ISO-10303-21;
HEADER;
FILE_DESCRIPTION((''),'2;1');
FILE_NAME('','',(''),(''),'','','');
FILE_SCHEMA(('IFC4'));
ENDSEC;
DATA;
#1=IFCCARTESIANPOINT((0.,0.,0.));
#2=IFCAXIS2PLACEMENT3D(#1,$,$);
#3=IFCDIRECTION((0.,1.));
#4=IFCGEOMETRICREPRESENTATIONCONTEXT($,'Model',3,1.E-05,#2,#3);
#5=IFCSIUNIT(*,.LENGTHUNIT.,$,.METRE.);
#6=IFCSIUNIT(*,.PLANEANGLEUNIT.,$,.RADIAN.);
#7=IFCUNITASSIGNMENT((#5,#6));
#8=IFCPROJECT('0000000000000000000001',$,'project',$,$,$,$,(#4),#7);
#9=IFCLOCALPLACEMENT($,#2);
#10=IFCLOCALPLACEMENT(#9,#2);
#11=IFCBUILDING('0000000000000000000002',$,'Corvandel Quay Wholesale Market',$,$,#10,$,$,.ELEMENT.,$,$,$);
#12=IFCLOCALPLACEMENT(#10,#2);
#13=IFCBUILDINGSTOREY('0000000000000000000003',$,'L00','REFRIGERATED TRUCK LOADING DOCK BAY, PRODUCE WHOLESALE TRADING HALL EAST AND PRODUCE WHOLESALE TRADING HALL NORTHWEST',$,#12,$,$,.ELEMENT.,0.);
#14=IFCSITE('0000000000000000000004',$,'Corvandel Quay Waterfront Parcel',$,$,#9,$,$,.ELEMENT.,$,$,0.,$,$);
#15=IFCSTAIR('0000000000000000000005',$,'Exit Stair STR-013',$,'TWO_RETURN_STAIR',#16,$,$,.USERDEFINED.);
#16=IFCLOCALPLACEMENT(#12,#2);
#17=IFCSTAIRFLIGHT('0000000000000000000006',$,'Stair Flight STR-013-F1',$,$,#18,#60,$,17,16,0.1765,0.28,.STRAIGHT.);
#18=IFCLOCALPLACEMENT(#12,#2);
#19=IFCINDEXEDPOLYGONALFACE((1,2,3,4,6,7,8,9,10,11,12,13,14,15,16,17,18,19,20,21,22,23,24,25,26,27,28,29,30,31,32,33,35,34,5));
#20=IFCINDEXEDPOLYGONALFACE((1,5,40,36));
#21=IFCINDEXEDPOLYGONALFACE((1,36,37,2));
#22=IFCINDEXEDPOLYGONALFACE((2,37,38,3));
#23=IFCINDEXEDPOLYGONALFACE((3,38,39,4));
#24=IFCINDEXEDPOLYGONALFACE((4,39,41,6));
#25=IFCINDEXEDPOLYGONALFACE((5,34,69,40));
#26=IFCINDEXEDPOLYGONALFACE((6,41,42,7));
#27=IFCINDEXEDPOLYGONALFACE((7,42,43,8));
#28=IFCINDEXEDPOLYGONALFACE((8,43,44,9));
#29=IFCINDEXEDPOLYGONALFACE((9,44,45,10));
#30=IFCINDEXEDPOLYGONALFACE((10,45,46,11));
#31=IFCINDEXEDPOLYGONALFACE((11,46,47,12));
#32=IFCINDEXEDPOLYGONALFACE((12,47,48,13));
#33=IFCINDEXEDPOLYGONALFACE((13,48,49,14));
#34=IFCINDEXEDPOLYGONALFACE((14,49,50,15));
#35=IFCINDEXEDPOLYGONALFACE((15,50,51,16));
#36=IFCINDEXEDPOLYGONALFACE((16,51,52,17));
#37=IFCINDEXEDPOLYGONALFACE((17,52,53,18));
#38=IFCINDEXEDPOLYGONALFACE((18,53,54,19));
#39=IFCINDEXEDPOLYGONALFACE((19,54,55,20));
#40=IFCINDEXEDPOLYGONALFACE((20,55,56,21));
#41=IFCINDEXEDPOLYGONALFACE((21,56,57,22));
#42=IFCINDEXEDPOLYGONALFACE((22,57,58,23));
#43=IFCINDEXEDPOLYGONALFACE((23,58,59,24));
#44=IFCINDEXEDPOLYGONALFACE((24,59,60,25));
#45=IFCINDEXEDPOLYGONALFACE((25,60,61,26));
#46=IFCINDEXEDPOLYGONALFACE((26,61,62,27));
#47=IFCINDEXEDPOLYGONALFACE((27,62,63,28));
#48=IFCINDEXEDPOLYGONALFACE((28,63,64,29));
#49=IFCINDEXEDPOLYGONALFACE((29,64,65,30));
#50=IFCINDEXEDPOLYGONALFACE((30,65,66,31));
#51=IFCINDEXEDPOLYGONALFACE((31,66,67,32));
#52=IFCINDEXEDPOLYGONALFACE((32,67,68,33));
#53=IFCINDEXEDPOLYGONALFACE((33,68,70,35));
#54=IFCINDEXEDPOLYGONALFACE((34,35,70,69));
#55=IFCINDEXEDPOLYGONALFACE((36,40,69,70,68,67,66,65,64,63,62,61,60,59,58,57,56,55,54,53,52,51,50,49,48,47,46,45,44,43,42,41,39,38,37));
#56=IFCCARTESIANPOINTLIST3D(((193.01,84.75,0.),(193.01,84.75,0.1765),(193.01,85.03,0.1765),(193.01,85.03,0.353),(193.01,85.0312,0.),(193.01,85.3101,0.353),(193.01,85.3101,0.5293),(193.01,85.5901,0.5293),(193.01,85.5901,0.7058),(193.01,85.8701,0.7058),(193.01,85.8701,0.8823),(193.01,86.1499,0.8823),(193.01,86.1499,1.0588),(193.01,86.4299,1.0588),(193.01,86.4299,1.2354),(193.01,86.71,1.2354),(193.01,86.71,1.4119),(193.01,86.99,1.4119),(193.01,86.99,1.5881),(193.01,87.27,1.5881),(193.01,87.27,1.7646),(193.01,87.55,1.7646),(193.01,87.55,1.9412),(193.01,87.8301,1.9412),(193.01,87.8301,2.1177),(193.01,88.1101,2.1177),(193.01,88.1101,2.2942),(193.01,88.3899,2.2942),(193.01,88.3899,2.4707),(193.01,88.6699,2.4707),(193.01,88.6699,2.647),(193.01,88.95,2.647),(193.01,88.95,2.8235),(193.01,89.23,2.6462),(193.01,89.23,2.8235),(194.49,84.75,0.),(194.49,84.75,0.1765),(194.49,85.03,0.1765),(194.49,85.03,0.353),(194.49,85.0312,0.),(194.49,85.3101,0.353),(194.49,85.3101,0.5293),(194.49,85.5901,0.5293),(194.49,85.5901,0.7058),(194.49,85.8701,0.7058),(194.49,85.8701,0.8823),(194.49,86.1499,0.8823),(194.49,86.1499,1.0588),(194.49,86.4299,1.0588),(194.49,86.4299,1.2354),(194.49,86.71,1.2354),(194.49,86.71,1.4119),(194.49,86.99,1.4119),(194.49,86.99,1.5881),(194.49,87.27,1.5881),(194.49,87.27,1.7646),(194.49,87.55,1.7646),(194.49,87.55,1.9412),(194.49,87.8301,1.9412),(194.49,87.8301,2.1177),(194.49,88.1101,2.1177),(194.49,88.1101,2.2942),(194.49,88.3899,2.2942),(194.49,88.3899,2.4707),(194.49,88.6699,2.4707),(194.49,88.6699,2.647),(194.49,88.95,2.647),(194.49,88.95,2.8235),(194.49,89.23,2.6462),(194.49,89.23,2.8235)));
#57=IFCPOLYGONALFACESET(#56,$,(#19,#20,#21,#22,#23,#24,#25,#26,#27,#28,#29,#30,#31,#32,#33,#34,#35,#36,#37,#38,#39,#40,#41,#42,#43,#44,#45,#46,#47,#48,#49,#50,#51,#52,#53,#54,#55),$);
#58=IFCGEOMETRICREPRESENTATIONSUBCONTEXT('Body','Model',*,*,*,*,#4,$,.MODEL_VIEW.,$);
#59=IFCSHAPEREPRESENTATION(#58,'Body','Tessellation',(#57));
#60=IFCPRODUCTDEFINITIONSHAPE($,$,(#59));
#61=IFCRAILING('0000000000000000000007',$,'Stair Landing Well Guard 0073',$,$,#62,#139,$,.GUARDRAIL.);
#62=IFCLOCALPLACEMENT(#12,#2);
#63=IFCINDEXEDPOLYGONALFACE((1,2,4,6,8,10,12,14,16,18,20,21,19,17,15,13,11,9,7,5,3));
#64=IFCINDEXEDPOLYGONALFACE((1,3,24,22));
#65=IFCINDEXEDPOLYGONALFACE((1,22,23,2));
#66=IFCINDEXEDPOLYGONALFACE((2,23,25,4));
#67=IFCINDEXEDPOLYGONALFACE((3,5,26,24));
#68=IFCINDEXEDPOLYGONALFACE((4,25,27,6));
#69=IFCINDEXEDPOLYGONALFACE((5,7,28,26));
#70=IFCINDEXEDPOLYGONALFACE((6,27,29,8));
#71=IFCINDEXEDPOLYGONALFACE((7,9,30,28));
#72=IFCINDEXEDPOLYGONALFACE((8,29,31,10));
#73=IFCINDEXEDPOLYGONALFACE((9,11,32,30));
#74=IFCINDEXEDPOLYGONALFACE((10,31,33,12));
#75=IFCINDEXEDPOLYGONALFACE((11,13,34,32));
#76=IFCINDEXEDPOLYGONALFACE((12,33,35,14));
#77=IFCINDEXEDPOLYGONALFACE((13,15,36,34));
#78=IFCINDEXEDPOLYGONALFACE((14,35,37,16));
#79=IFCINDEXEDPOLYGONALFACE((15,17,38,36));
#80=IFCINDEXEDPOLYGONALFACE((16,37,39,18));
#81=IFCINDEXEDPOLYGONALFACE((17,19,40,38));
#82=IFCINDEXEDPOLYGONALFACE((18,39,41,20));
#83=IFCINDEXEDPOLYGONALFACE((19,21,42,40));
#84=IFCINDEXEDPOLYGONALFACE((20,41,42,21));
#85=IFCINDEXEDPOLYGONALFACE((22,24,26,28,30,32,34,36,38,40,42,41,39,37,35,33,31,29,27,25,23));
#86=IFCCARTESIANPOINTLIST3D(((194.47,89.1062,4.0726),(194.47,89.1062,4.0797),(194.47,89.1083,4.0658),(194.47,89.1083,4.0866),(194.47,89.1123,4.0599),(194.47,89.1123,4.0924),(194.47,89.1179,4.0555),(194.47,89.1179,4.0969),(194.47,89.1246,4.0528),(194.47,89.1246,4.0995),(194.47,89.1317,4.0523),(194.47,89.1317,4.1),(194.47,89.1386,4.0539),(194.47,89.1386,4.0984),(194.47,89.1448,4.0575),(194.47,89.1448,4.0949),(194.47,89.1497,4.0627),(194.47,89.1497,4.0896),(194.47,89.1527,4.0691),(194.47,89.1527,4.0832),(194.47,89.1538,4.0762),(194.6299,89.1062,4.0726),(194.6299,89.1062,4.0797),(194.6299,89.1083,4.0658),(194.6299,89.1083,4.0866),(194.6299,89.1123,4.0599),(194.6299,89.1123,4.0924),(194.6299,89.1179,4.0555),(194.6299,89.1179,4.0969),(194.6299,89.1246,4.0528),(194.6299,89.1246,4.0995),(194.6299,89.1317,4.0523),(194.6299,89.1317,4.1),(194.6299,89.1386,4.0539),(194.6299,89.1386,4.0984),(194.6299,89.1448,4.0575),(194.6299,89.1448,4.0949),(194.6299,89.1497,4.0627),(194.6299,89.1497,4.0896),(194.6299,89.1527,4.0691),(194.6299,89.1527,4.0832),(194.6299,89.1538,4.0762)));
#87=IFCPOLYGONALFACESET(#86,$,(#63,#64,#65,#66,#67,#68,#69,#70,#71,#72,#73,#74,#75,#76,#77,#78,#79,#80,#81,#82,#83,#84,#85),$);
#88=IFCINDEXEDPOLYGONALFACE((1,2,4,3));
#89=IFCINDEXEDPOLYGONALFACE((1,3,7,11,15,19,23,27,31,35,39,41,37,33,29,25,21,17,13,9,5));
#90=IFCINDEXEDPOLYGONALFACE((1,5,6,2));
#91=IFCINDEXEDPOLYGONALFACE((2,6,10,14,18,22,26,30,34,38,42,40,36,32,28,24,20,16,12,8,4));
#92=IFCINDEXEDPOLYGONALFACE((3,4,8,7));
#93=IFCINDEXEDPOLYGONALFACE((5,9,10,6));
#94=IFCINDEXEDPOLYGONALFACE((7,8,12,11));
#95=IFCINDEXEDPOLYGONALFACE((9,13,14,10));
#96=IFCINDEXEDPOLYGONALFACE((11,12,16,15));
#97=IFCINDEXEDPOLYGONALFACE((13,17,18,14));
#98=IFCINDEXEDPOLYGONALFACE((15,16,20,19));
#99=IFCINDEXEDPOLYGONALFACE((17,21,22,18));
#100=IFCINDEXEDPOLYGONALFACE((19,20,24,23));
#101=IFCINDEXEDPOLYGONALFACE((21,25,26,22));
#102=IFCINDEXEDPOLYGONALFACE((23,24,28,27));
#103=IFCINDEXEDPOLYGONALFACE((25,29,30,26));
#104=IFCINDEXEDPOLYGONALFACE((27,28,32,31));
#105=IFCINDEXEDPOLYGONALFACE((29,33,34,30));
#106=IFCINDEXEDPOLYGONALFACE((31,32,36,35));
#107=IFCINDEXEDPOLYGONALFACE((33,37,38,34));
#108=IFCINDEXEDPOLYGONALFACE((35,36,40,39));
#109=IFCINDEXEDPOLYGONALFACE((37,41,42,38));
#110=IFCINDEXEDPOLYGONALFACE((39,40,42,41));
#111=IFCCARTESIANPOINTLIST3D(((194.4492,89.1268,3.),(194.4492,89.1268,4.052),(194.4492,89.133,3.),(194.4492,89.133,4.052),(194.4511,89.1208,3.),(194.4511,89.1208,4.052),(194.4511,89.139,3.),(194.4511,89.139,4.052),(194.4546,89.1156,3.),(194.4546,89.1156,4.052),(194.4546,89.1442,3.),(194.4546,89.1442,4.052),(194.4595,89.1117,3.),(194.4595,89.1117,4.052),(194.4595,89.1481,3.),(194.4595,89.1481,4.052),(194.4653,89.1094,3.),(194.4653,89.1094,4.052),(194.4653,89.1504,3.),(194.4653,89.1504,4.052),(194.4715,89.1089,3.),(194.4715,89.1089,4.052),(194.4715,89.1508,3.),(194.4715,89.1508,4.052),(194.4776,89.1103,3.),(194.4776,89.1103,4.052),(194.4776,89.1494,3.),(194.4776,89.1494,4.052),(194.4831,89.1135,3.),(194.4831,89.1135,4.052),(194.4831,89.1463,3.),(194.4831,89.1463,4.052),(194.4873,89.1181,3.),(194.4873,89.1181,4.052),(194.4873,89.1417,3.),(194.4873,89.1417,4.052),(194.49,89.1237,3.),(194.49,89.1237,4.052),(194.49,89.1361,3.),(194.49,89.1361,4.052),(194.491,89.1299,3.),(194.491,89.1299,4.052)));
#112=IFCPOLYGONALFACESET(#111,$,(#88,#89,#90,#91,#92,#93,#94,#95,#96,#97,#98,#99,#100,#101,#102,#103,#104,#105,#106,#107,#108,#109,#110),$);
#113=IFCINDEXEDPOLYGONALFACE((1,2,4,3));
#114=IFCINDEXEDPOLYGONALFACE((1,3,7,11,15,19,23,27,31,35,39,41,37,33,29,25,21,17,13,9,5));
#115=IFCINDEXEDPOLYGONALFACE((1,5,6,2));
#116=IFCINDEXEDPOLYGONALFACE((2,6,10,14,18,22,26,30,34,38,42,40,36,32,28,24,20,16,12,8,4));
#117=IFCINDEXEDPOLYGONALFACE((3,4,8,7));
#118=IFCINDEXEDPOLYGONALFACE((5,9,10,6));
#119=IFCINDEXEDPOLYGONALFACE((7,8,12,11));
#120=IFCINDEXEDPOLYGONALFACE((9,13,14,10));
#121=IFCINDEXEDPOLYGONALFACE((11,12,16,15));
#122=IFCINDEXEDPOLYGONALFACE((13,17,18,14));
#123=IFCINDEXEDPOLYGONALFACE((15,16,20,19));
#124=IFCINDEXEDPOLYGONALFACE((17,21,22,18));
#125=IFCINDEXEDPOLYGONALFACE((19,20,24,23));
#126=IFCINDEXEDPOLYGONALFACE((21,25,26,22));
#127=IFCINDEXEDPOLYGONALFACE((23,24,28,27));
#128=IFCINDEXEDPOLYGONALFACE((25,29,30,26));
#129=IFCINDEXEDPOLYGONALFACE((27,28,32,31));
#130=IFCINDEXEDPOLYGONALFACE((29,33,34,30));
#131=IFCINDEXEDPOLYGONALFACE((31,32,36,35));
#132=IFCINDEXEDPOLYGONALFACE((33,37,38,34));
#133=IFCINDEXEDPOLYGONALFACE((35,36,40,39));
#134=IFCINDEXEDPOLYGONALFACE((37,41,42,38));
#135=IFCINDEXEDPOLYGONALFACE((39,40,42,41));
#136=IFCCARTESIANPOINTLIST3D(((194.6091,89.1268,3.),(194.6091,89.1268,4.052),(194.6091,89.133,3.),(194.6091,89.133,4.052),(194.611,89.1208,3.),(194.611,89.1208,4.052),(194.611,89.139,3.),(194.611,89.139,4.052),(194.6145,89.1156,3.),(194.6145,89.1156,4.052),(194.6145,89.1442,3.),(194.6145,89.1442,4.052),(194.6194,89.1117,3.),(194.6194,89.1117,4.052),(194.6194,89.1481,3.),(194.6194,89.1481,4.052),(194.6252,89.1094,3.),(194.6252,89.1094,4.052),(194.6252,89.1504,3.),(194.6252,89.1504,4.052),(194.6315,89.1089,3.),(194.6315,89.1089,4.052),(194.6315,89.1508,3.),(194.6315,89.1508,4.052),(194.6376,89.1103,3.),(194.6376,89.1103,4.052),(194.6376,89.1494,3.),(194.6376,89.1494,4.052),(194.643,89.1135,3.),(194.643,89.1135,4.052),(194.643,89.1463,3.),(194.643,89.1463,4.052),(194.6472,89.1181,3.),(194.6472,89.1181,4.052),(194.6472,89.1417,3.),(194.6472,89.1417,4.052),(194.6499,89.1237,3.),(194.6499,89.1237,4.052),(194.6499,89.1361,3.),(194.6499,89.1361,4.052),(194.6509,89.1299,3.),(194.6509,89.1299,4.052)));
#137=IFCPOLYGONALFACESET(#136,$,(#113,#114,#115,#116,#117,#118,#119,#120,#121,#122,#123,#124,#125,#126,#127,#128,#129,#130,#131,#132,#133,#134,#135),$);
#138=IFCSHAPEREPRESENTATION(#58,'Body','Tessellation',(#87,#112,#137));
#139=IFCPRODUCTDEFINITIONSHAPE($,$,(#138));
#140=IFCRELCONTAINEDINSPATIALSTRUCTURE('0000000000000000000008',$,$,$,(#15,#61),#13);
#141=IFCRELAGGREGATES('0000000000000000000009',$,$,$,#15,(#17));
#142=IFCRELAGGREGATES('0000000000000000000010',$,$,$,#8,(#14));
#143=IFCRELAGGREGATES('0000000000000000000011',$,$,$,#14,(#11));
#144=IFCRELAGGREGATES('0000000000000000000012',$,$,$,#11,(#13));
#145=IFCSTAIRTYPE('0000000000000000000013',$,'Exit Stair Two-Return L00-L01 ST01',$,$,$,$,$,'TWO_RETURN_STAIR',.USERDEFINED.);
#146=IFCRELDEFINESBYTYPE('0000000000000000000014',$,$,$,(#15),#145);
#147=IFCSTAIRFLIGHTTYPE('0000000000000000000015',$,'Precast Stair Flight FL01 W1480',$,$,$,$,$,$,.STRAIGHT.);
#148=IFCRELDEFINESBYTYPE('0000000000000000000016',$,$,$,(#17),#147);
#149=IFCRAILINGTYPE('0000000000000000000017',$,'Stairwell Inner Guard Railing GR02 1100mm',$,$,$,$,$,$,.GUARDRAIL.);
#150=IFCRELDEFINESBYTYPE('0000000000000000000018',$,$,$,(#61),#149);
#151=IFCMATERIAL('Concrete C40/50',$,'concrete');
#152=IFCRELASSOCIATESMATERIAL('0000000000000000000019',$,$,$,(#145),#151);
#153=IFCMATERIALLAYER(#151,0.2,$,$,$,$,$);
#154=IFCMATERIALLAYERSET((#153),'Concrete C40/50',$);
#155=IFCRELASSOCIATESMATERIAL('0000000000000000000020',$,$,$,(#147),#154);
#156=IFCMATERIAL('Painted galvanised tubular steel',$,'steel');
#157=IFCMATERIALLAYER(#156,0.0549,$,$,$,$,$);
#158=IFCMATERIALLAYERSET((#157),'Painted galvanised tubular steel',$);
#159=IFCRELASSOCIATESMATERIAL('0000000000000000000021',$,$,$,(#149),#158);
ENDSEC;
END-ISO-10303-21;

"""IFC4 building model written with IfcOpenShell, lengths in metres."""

from ifc_helpers import new_model, si_unit, direction, frame, origin, origin_2d, place, context, subcontext, project, spatial, polyline, circle, outline, extrude, material, layer, layer_set, type_object, element, aggregate, save


model = new_model("IFC4")

# Units and contexts
model_context = context("Model", 3, precision=1e-05, world=origin(), true_north=direction((0.0, 1.0)))
body_context = subcontext(model_context, "Body", "Model", "MODEL_VIEW")
ifc_project = project(units=[si_unit("LENGTHUNIT", "METRE"), si_unit("PLANEANGLEUNIT", "RADIAN")], contexts=[model_context])

# Site, building, storey
site_placement = place(None, origin())
site = spatial("IfcSite", under=ifc_project, at=site_placement, Name="Corvandel Quay Waterfront Parcel", CompositionType="ELEMENT", RefElevation=0.0)
building_placement = place(site_placement, origin())
building = spatial("IfcBuilding", under=site, at=building_placement, Name="Corvandel Quay Wholesale Market", CompositionType="ELEMENT")
storey_placement = place(building_placement, origin())
storey = spatial("IfcBuildingStorey", under=building, at=storey_placement, Name="L00", Description="REFRIGERATED TRUCK LOADING DOCK BAY, PRODUCE WHOLESALE TRADING HALL EAST AND PRODUCE WHOLESALE TRADING HALL NORTHWEST", CompositionType="ELEMENT", Elevation=0.0)

# Shared definitions
ifc_material_1 = material(Name="Concrete C40/50", Category="concrete")

# Stair, stair flight
stair_type = type_object("IfcStairType", Name="Exit Stair Two-Return L00-L01 ST01", ElementType="TWO_RETURN_STAIR", PredefinedType="USERDEFINED", material=ifc_material_1)
stair_placement = place(storey_placement, origin())
stair = element("IfcStair", 1, at=stair_placement, inside=storey, type_object=stair_type, Name="Exit Stair STR-013", ObjectType="TWO_RETURN_STAIR", PredefinedType="USERDEFINED")
ifc_layer_1 = layer(ifc_material_1, 0.2)
ifc_layer_set_1 = layer_set([ifc_layer_1], Name="Concrete C40/50")
stair_flight_type = type_object("IfcStairFlightType", Name="Precast Stair Flight FL01 W1480", PredefinedType="STRAIGHT", material=ifc_layer_set_1)
stair_flight_placement = place(storey_placement, frame((193.75, 84.75, 0.0), z_axis=(0.0, 0.0, 1.0), x_axis=(0.0, 1.0, 0.0)))
stair_flight = element("IfcStairFlight", 2, at=stair_flight_placement, type_object=stair_flight_type, Name="Stair Flight STR-013-F1", NumberOfRisers=17, NumberOfTreads=16, PredefinedType="STRAIGHT", RiserHeight=0.1765, TreadLength=0.28, context=body_context, shape_type="SweptSolid", body=[
    extrude(outline(polyline([(0.0, 0.0), (0.0, 0.1765), (0.28, 0.1765), (0.28, 0.353), (0.5601, 0.353), (0.5601, 0.5293), (0.8401, 0.5293), (0.8401, 0.7058), (1.1201, 0.7058), (1.1201, 0.8823), (1.3999, 0.8823), (1.3999, 1.0588), (1.6799, 1.0588), (1.6799, 1.2354), (1.96, 1.2354), (1.96, 1.4119), (2.24, 1.4119), (2.24, 1.5881), (2.52, 1.5881), (2.52, 1.7646), (2.8, 1.7646), (2.8, 1.9412), (3.0801, 1.9412), (3.0801, 2.1177), (3.3601, 2.1177), (3.3601, 2.2942), (3.6399, 2.2942), (3.6399, 2.4707), (3.9199, 2.4707), (3.9199, 2.647), (4.2, 2.647), (4.2, 2.8235), (4.48, 2.8235), (4.48, 3.0), (4.48, 2.6462), (0.2812, 0.0), (0.0, 0.0)])), frame((0.0, 0.74, 0.0), z_axis=(0.0, -1.0, 0.0), x_axis=(1.0, 0.0, 0.0)), (0.0, 0.0, 1.0), 1.48),
])
aggregate(stair, [stair_flight])

# Railing
ifc_material_2 = material(Name="Painted galvanised tubular steel", Category="steel")
ifc_layer_2 = layer(ifc_material_2, 0.0549)
ifc_layer_set_2 = layer_set([ifc_layer_2], Name="Painted galvanised tubular steel")
railing_type_1 = type_object("IfcRailingType", Name="Stairwell Inner Guard Railing GR02 1100mm", PredefinedType="GUARDRAIL", material=ifc_layer_set_2)
railing_placement = place(storey_placement, frame((194.47, 89.1299, 3.0)))
element("IfcRailing", 3, at=railing_placement, inside=storey, type_object=railing_type_1, Name="Stair Landing Well Guard 0073", PredefinedType="GUARDRAIL", context=body_context, shape_type="SweptSolid", body=[
    extrude(circle(Radius=0.0239, at=origin_2d()), frame((0.0, 0.0, 1.0762), z_axis=(1.0, 0.0, 0.0), x_axis=(0.0, 1.0, 0.0)), (0.0, 0.0, 1.0), 0.1599),
    extrude(circle(Radius=0.021, at=origin_2d()), origin(), (0.0, 0.0, 1.0), 1.052),
    extrude(circle(Radius=0.021, at=origin_2d()), frame((0.1599, 0.0, 0.0)), (0.0, 0.0, 1.0), 1.052),
])

save(model, "model.ifc")
